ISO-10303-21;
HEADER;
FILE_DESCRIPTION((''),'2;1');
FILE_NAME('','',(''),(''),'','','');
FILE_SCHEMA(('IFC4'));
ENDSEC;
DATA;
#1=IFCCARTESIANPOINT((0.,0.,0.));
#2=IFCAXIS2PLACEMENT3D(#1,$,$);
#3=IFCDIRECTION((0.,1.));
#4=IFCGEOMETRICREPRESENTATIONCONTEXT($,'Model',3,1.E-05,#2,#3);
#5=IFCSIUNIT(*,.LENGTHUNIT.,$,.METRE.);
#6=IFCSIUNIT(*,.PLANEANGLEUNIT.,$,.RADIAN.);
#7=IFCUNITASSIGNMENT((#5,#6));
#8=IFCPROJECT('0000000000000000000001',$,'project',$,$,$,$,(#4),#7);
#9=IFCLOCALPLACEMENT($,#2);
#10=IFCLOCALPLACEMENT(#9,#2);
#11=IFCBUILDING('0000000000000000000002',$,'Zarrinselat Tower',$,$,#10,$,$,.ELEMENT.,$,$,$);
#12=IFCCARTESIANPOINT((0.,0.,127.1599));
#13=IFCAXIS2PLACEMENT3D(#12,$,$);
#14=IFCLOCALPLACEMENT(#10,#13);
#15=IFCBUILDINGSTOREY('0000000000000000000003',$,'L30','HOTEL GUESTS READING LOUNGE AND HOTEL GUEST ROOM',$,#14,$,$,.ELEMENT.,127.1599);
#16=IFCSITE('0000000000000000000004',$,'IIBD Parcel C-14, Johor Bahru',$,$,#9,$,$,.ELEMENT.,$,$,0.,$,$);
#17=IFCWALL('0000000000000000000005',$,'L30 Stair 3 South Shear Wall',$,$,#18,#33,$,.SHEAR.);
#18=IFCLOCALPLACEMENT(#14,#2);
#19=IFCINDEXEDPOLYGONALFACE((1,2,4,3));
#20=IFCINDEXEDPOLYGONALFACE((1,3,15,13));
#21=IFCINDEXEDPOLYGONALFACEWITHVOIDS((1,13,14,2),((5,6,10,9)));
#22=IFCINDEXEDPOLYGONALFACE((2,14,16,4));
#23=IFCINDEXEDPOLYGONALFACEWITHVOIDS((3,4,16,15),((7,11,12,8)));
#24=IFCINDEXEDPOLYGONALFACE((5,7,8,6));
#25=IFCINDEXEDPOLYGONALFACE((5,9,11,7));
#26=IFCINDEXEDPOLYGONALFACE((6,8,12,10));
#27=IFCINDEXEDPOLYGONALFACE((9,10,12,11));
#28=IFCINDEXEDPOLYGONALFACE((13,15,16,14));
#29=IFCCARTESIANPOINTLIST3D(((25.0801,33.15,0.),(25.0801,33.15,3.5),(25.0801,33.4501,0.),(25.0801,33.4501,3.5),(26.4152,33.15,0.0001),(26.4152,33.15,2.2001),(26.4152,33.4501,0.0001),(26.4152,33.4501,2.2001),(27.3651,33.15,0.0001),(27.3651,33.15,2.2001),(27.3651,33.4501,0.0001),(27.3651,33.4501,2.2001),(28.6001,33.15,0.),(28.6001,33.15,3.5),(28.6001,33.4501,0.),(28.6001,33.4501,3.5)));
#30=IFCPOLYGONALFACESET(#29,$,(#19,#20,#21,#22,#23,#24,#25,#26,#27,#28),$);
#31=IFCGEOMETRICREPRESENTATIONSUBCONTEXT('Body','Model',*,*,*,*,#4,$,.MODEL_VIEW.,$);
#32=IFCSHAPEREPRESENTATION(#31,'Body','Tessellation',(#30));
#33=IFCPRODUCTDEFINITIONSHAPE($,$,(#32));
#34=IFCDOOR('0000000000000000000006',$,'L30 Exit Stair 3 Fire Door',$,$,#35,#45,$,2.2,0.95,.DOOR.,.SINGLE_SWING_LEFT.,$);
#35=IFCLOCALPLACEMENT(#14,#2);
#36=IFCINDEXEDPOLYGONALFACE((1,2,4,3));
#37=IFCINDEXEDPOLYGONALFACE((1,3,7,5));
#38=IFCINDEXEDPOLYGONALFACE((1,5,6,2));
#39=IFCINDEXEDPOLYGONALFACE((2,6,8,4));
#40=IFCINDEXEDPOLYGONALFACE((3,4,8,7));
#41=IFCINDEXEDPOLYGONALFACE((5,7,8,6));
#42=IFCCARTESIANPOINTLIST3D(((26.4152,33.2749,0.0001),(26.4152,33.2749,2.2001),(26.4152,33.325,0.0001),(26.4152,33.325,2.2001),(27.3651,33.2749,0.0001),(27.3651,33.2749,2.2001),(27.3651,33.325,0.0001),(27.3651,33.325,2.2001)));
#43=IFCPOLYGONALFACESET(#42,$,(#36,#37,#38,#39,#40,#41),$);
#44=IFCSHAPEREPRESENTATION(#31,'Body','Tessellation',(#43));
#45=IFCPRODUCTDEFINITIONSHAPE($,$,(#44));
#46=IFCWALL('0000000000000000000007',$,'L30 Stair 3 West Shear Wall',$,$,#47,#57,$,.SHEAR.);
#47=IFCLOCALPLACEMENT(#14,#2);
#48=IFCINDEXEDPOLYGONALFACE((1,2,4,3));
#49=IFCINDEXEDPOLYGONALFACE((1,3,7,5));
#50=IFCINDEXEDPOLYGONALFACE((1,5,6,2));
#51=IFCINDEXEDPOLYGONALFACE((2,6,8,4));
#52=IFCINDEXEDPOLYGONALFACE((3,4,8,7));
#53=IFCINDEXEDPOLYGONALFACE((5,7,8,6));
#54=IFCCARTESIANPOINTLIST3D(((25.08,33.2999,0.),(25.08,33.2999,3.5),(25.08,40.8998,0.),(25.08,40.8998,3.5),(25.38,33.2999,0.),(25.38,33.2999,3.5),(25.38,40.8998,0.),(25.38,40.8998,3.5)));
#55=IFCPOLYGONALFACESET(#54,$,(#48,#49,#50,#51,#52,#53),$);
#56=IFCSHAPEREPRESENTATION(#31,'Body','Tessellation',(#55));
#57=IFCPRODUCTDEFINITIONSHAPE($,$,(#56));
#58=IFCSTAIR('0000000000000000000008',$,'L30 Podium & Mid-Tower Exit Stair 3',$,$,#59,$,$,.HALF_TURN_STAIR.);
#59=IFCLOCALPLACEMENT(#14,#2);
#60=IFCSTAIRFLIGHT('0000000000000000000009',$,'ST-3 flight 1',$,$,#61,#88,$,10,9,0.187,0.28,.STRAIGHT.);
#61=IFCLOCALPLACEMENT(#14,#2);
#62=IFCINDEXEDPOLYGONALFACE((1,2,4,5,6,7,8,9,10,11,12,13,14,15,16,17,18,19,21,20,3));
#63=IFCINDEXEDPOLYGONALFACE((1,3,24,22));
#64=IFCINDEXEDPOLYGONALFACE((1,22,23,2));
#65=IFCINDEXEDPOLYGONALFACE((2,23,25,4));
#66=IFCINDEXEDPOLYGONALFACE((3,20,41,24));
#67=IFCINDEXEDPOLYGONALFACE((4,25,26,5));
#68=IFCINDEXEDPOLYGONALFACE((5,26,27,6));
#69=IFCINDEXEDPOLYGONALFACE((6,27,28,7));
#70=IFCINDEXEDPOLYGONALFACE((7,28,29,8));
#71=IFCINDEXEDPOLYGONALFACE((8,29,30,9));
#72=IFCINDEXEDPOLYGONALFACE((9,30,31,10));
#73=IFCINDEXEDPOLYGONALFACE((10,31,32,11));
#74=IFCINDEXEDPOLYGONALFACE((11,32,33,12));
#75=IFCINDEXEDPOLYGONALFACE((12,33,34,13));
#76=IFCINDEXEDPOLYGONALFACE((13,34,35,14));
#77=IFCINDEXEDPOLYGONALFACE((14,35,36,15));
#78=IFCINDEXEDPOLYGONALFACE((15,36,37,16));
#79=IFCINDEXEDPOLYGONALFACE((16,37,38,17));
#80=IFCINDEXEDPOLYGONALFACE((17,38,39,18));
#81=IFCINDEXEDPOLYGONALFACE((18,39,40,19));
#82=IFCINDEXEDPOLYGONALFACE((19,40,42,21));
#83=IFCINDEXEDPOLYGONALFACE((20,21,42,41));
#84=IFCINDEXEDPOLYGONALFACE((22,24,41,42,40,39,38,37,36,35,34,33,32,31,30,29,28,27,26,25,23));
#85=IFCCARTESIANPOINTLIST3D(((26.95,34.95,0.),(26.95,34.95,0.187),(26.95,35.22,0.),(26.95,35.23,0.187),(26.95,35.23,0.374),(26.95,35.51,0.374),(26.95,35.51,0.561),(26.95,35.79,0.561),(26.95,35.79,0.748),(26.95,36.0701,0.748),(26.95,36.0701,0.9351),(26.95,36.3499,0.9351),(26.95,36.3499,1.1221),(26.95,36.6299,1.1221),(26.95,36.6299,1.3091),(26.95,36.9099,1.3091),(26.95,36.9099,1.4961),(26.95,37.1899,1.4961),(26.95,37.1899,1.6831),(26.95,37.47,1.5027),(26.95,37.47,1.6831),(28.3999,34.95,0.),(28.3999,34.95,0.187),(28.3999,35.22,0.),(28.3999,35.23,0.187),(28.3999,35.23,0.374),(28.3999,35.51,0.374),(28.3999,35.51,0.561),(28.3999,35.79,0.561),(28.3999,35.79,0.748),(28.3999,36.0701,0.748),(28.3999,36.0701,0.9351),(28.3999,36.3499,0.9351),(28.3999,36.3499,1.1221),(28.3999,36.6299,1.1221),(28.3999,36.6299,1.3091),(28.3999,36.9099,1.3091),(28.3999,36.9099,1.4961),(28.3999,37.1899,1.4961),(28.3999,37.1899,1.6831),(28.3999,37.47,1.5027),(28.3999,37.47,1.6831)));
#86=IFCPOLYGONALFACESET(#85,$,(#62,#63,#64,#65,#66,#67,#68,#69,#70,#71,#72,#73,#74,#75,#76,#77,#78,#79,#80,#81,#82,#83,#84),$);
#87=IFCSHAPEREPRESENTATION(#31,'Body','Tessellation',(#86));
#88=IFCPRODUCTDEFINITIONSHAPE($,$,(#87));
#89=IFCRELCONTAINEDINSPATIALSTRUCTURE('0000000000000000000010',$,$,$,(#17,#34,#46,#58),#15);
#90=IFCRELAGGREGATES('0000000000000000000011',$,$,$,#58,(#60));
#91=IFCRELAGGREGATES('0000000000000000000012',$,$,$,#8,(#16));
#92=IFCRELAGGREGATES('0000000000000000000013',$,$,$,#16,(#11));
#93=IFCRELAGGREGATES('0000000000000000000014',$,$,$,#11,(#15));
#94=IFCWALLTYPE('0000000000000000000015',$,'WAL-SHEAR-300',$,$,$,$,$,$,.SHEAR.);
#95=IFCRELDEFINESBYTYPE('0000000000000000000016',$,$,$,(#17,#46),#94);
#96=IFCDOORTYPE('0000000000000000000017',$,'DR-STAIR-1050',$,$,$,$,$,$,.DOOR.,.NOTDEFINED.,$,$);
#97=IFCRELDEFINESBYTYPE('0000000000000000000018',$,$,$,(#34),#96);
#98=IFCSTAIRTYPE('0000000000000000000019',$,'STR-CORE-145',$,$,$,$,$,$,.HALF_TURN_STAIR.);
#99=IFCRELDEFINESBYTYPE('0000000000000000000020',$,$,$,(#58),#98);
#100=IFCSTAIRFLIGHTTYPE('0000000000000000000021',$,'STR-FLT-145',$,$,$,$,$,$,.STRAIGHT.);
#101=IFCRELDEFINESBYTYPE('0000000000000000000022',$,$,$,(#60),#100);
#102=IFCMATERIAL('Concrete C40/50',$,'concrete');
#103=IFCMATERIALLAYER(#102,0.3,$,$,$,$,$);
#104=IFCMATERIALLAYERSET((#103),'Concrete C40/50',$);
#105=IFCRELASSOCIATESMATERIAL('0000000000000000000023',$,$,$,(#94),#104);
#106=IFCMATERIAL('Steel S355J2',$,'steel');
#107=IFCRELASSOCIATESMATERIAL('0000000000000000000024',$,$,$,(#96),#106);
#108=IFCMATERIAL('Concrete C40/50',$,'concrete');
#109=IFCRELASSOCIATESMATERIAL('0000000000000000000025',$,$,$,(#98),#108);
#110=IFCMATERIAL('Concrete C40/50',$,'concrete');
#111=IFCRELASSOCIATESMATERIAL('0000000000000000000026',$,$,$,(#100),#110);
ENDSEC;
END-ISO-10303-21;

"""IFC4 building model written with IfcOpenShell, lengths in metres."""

from ifc_helpers import new_model, si_unit, direction, frame, frame_2d, origin, place, context, subcontext, project, spatial, polyline, rectangle, outline, extrude, material, layer, layer_set, type_object, element, fill, aggregate, save


model = new_model("IFC4")

# Units and contexts
model_context = context("Model", 3, precision=1e-05, world=origin(), true_north=direction((0.0, 1.0)))
body_context = subcontext(model_context, "Body", "Model", "MODEL_VIEW")
ifc_project = project(units=[si_unit("LENGTHUNIT", "METRE"), si_unit("PLANEANGLEUNIT", "RADIAN")], contexts=[model_context])

# Site, building, storey
site_placement = place(None, origin())
site = spatial("IfcSite", under=ifc_project, at=site_placement, Name="IIBD Parcel C-14, Johor Bahru", CompositionType="ELEMENT", RefElevation=0.0)
building_placement = place(site_placement, origin())
building = spatial("IfcBuilding", under=site, at=building_placement, Name="Zarrinselat Tower", CompositionType="ELEMENT")
storey_placement = place(building_placement, frame((0.0, 0.0, 127.1599)))
storey = spatial("IfcBuildingStorey", under=building, at=storey_placement, Name="L30", Description="HOTEL GUESTS READING LOUNGE AND HOTEL GUEST ROOM", CompositionType="ELEMENT", Elevation=127.1599)

# Wall, opening, door
ifc_material_1 = material(Name="Concrete C40/50", Category="concrete")
ifc_layer_1 = layer(ifc_material_1, 0.3)
ifc_layer_set_1 = layer_set([ifc_layer_1], Name="Concrete C40/50")
wall_type_1 = type_object("IfcWallType", Name="WAL-SHEAR-300", PredefinedType="SHEAR", material=ifc_layer_set_1)
wall_1_placement = place(storey_placement, frame((25.0801, 33.3, 0.0), z_axis=(0.0, 0.0, 1.0), x_axis=(1.0, 0.0, 0.0)))
wall_1 = element("IfcWall", 1, at=wall_1_placement, inside=storey, type_object=wall_type_1, Name="L30 Stair 3 South Shear Wall", PredefinedType="SHEAR", context=body_context, shape_type="SweptSolid", body=[
    extrude(rectangle(XDim=3.52, YDim=0.3, at=frame_2d((1.76, 0.0))), origin(), (0.0, 0.0, 1.0), 3.5),
])
opening_placement = place(wall_1_placement, frame((1.335, 0.0, 0.0)))
opening = element("IfcOpeningElement", 2, at=opening_placement, cuts=wall_1, PredefinedType="OPENING", context=body_context, shape_type="SweptSolid", body=[
    extrude(rectangle(XDim=0.95, YDim=2.2, at=frame_2d((0.4751, 1.1001))), frame((0.0, 0.1599, 0.0), z_axis=(0.0, -1.0, 0.0), x_axis=(1.0, 0.0, 0.0)), (0.0, 0.0, 1.0), 0.3201),
])
ifc_material_2 = material(Name="Steel S355J2", Category="steel")
door_type = type_object("IfcDoorType", Name="DR-STAIR-1050", OperationType="NOTDEFINED", PredefinedType="DOOR", material=ifc_material_2)
door_placement = place(opening_placement, origin())
door = element("IfcDoor", 3, at=door_placement, inside=storey, type_object=door_type, Name="L30 Exit Stair 3 Fire Door", OperationType="SINGLE_SWING_LEFT", OverallHeight=2.2, OverallWidth=0.95, PredefinedType="DOOR", context=body_context, shape_type="SweptSolid", body=[
    extrude(rectangle(XDim=0.95, YDim=2.2, at=frame_2d((0.4751, 1.1001))), frame((0.0, 0.0249, 0.0), z_axis=(0.0, -1.0, 0.0), x_axis=(1.0, 0.0, 0.0)), (0.0, 0.0, 1.0), 0.05),
])
fill(opening, door)

# Wall
wall_2_placement = place(storey_placement, frame((25.23, 33.3, 0.0), z_axis=(0.0, 0.0, 1.0), x_axis=(0.0, 1.0, 0.0)))
element("IfcWall", 4, at=wall_2_placement, inside=storey, type_object=wall_type_1, Name="L30 Stair 3 West Shear Wall", PredefinedType="SHEAR", context=body_context, shape_type="SweptSolid", body=[
    extrude(rectangle(XDim=7.5999, YDim=0.3, at=frame_2d((3.7998, 0.0))), origin(), (0.0, 0.0, 1.0), 3.5),
])

# Stair, stair flight
ifc_material_3 = material(Name="Concrete C40/50", Category="concrete")
stair_type = type_object("IfcStairType", Name="STR-CORE-145", PredefinedType="HALF_TURN_STAIR", material=ifc_material_3)
stair_placement = place(storey_placement, origin())
stair = element("IfcStair", 5, at=stair_placement, inside=storey, type_object=stair_type, Name="L30 Podium & Mid-Tower Exit Stair 3", PredefinedType="HALF_TURN_STAIR")
ifc_material_4 = material(Name="Concrete C40/50", Category="concrete")
stair_flight_type = type_object("IfcStairFlightType", Name="STR-FLT-145", PredefinedType="STRAIGHT", material=ifc_material_4)
stair_flight_placement = place(storey_placement, frame((27.675, 34.95, 0.0), z_axis=(0.0, 0.0, 1.0), x_axis=(0.0, 1.0, 0.0)))
stair_flight = element("IfcStairFlight", 6, at=stair_flight_placement, type_object=stair_flight_type, Name="ST-3 flight 1", NumberOfRisers=10, NumberOfTreads=9, PredefinedType="STRAIGHT", RiserHeight=0.187, TreadLength=0.28, context=body_context, shape_type="SweptSolid", body=[
    extrude(outline(polyline([(0.0, 0.0), (0.0, 0.187), (0.28, 0.187), (0.28, 0.374), (0.5601, 0.374), (0.5601, 0.561), (0.8401, 0.561), (0.8401, 0.748), (1.1201, 0.748), (1.1201, 0.9351), (1.3999, 0.9351), (1.3999, 1.1221), (1.6799, 1.1221), (1.6799, 1.3091), (1.96, 1.3091), (1.96, 1.4961), (2.24, 1.4961), (2.24, 1.6831), (2.52, 1.6831), (2.52, 1.8701), (2.52, 1.5027), (0.27, 0.0), (0.0, 0.0)])), frame((0.0, 0.7251, 0.0), z_axis=(0.0, -1.0, 0.0), x_axis=(1.0, 0.0, 0.0)), (0.0, 0.0, 1.0), 1.45),
])
aggregate(stair, [stair_flight])

save(model, "model.ifc")
